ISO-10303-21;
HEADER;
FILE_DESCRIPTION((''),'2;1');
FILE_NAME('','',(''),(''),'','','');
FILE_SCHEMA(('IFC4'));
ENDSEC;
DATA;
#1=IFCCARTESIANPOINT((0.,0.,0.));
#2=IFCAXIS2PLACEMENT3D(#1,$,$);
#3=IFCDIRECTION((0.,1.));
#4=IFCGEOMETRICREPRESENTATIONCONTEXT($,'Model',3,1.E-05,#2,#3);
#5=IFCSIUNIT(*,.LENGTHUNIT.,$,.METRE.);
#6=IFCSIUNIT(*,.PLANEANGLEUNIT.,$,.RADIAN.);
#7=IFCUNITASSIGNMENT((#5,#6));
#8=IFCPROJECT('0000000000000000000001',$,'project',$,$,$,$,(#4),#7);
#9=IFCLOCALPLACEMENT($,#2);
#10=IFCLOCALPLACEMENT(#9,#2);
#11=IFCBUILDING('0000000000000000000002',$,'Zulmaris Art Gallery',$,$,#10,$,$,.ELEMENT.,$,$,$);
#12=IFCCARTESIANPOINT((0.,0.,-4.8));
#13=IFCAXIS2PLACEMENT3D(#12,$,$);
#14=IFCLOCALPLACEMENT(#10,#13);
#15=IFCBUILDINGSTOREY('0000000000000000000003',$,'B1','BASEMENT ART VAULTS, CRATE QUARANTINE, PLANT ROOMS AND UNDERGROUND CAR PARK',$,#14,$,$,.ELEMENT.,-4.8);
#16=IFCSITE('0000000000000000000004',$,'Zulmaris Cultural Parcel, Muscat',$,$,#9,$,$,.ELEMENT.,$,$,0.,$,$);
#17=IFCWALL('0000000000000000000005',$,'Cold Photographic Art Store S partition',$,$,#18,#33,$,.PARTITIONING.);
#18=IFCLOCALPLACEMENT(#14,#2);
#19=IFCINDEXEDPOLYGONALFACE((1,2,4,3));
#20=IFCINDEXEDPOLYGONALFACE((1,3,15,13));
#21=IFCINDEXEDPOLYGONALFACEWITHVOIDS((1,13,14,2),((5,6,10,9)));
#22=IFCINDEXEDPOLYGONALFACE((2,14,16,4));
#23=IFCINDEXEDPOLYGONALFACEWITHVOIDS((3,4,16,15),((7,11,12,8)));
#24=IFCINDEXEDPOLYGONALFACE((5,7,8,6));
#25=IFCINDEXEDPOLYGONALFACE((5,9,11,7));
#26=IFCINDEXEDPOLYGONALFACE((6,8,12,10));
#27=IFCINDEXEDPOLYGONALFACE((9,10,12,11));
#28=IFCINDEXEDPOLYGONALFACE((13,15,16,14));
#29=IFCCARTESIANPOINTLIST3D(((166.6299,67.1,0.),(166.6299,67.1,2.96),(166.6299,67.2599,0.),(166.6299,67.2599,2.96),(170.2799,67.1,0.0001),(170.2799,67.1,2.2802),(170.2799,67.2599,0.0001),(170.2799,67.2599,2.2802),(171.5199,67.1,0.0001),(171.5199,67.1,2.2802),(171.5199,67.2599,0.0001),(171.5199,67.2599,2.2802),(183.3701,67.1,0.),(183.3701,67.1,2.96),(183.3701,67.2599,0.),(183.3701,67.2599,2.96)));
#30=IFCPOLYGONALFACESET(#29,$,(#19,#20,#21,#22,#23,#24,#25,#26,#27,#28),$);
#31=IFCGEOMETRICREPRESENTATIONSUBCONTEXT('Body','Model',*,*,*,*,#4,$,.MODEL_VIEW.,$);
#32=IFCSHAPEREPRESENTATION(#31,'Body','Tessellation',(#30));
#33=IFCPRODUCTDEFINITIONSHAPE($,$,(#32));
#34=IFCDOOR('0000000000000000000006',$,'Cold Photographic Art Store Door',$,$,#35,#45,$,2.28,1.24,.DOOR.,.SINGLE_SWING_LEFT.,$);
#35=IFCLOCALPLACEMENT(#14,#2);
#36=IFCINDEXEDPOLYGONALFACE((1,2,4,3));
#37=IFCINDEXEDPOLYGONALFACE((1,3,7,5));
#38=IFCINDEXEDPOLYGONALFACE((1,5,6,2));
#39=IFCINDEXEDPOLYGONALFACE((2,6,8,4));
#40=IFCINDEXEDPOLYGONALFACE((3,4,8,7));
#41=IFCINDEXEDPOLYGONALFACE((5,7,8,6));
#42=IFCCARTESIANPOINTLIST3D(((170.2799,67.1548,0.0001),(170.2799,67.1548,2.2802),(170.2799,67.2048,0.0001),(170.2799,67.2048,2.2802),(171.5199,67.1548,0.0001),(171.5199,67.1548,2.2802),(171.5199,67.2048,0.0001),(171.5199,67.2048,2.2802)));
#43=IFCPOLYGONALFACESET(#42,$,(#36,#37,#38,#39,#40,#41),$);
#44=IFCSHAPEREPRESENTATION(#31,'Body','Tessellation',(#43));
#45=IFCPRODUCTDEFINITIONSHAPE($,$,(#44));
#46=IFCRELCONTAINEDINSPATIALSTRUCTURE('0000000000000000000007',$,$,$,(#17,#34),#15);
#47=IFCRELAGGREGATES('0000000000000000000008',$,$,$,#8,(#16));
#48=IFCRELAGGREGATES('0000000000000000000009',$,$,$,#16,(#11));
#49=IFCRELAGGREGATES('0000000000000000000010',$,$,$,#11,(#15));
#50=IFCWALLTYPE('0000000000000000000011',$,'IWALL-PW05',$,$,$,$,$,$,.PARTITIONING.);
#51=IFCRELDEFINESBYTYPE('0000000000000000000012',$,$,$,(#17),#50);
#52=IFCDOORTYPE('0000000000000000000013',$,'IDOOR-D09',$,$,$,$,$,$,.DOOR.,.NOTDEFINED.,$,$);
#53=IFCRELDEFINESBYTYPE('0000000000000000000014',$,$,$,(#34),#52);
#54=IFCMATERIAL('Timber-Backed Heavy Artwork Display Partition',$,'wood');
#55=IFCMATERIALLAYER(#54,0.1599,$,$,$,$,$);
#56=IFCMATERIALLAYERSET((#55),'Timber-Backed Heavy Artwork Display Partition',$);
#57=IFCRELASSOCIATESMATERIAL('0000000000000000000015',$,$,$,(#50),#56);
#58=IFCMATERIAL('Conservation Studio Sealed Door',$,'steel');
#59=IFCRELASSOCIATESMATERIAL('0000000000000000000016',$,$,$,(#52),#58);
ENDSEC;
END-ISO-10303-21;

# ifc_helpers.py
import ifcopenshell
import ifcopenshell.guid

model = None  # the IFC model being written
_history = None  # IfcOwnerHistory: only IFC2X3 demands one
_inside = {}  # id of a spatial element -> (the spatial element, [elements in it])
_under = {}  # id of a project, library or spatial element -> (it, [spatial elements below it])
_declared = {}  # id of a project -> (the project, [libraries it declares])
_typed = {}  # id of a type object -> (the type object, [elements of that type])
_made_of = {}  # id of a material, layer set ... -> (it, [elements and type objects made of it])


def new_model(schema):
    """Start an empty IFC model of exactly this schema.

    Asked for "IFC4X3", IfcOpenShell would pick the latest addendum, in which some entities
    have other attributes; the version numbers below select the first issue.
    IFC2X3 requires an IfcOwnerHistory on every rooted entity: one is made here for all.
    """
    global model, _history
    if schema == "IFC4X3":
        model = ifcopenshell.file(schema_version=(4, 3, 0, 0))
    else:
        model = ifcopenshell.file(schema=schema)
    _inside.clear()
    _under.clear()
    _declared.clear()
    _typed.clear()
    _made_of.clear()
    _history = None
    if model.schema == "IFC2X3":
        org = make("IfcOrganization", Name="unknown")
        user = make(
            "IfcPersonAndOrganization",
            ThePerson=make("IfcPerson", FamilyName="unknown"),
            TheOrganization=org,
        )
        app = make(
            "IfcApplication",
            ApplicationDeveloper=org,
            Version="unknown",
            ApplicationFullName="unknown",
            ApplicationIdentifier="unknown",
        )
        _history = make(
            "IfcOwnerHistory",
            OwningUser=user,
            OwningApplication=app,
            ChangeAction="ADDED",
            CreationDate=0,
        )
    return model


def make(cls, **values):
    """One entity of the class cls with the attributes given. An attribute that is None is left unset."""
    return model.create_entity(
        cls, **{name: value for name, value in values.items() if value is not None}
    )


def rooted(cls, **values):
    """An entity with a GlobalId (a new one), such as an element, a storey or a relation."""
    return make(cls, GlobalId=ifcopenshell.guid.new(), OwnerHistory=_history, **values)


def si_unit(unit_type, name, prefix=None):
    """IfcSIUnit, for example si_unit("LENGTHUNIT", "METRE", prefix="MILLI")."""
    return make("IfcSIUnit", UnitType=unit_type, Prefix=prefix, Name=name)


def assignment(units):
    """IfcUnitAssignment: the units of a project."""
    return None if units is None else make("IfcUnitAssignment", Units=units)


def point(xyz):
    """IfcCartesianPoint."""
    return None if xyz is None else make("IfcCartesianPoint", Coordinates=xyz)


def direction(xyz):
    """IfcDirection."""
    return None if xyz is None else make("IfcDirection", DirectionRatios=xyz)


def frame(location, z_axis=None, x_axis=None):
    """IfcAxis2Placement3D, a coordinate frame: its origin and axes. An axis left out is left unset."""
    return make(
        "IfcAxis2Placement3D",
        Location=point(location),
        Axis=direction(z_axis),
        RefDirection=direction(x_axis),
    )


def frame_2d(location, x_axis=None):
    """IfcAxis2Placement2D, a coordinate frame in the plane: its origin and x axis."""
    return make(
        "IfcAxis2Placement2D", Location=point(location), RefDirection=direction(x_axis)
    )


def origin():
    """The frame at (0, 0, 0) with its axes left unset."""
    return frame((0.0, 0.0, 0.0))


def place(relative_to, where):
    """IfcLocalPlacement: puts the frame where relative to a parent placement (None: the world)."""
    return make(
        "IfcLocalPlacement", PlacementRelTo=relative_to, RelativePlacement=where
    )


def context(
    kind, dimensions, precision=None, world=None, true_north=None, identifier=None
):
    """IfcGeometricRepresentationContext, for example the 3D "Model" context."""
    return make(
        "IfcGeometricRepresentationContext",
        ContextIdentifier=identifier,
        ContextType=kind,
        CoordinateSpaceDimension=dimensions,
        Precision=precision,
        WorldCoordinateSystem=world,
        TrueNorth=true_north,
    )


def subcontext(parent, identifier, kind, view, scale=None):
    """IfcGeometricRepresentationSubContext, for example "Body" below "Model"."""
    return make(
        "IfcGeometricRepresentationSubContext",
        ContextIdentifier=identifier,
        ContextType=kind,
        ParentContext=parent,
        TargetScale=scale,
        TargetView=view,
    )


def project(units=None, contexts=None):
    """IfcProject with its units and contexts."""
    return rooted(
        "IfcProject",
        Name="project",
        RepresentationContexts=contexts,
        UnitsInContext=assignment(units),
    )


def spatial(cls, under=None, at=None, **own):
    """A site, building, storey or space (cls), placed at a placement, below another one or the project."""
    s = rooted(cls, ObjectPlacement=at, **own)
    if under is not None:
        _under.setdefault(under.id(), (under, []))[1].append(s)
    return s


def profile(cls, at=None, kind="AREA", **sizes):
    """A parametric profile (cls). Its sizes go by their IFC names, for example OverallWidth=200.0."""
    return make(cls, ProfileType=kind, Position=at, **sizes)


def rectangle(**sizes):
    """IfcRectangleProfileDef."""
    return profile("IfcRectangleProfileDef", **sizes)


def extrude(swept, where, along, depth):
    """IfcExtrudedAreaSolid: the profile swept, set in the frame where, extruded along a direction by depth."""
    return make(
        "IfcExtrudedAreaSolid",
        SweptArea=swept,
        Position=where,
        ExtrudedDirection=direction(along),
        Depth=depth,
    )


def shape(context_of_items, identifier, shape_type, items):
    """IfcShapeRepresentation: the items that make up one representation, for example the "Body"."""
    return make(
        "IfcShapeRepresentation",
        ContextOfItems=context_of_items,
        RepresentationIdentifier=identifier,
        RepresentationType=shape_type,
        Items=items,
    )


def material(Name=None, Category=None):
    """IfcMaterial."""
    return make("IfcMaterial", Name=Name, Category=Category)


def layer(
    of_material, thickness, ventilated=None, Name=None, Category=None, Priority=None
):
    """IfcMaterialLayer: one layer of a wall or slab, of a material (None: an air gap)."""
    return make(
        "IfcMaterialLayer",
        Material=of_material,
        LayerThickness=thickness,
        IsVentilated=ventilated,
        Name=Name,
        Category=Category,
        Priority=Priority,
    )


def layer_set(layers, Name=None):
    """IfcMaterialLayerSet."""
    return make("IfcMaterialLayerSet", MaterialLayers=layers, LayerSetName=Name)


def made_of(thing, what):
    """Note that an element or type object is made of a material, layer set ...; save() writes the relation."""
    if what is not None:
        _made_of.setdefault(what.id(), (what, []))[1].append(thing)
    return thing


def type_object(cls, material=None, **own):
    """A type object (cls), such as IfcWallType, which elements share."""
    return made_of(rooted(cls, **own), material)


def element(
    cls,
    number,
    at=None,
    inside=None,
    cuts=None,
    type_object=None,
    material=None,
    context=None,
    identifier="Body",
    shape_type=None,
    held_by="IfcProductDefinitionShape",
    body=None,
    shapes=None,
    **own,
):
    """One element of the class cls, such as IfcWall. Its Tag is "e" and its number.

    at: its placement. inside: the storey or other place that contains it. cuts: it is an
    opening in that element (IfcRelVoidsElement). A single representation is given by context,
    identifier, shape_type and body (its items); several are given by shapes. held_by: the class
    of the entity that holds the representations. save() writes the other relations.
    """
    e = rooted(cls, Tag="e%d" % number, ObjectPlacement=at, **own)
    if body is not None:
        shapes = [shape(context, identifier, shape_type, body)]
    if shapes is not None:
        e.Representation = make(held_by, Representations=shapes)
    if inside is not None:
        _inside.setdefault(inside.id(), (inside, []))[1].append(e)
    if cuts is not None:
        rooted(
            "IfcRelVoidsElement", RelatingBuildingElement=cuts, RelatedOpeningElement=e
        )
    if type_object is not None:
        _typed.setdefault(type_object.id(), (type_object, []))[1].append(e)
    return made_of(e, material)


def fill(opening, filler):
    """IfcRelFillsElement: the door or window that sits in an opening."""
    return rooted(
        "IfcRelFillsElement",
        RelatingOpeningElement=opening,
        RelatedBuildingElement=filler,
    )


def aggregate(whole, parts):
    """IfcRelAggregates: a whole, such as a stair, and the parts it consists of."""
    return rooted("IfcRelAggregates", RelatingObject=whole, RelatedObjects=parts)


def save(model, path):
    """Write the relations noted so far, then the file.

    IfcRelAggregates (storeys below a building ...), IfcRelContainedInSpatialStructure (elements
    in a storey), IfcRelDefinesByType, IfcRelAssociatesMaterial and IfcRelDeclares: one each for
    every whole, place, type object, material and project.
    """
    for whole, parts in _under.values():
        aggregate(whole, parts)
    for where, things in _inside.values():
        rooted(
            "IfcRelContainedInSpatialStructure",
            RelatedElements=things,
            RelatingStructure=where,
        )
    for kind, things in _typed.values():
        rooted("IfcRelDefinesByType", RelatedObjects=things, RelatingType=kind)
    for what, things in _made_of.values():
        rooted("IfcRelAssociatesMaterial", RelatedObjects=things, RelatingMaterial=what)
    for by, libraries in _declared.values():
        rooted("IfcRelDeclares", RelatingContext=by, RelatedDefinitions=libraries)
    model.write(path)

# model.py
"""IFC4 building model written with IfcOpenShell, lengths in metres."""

from ifc_helpers import new_model, si_unit, direction, frame, frame_2d, origin, place, context, subcontext, project, spatial, rectangle, extrude, material, layer, layer_set, type_object, element, fill, save


model = new_model("IFC4")

# Units and contexts
model_context = context("Model", 3, precision=1e-05, world=origin(), true_north=direction((0.0, 1.0)))
body_context = subcontext(model_context, "Body", "Model", "MODEL_VIEW")
ifc_project = project(units=[si_unit("LENGTHUNIT", "METRE"), si_unit("PLANEANGLEUNIT", "RADIAN")], contexts=[model_context])

# Site, building, storey
site_placement = place(None, origin())
site = spatial("IfcSite", under=ifc_project, at=site_placement, Name="Zulmaris Cultural Parcel, Muscat", CompositionType="ELEMENT", RefElevation=0.0)
building_placement = place(site_placement, origin())
building = spatial("IfcBuilding", under=site, at=building_placement, Name="Zulmaris Art Gallery", CompositionType="ELEMENT")
storey_placement = place(building_placement, frame((0.0, 0.0, -4.8)))
storey = spatial("IfcBuildingStorey", under=building, at=storey_placement, Name="B1", Description="BASEMENT ART VAULTS, CRATE QUARANTINE, PLANT ROOMS AND UNDERGROUND CAR PARK", CompositionType="ELEMENT", Elevation=-4.8)

# Wall, opening, door
ifc_material_1 = material(Name="Timber-Backed Heavy Artwork Display Partition", Category="wood")
ifc_layer = layer(ifc_material_1, 0.1599)
ifc_layer_set = layer_set([ifc_layer], Name="Timber-Backed Heavy Artwork Display Partition")
wall_type = type_object("IfcWallType", Name="IWALL-PW05", PredefinedType="PARTITIONING", material=ifc_layer_set)
wall_placement = place(storey_placement, frame((166.6299, 67.1799, 0.0), z_axis=(0.0, 0.0, 1.0), x_axis=(1.0, 0.0, 0.0)))
wall = element("IfcWall", 1, at=wall_placement, inside=storey, type_object=wall_type, Name="Cold Photographic Art Store S partition", PredefinedType="PARTITIONING", context=body_context, shape_type="SweptSolid", body=[
    extrude(rectangle(XDim=16.7402, YDim=0.1599, at=frame_2d((8.3701, 0.0))), origin(), (0.0, 0.0, 1.0), 2.96),
])
opening_placement = place(wall_placement, frame((3.6499, 0.0, 0.0)))
opening = element("IfcOpeningElement", 2, at=opening_placement, cuts=wall, PredefinedType="OPENING", context=body_context, shape_type="SweptSolid", body=[
    extrude(rectangle(XDim=1.24, YDim=2.28, at=frame_2d((0.6201, 1.1401))), frame((0.0, 0.0898, 0.0), z_axis=(0.0, -1.0, 0.0), x_axis=(1.0, 0.0, 0.0)), (0.0, 0.0, 1.0), 0.1799),
])
ifc_material_2 = material(Name="Conservation Studio Sealed Door", Category="steel")
door_type = type_object("IfcDoorType", Name="IDOOR-D09", OperationType="NOTDEFINED", PredefinedType="DOOR", material=ifc_material_2)
door_placement = place(opening_placement, origin())
door = element("IfcDoor", 3, at=door_placement, inside=storey, type_object=door_type, Name="Cold Photographic Art Store Door", OperationType="SINGLE_SWING_LEFT", OverallHeight=2.28, OverallWidth=1.24, PredefinedType="DOOR", context=body_context, shape_type="SweptSolid", body=[
    extrude(rectangle(XDim=1.24, YDim=2.28, at=frame_2d((0.6201, 1.1401))), frame((0.0, 0.0249, 0.0), z_axis=(0.0, -1.0, 0.0), x_axis=(1.0, 0.0, 0.0)), (0.0, 0.0, 1.0), 0.05),
])
fill(opening, door)

save(model, "model.ifc")
